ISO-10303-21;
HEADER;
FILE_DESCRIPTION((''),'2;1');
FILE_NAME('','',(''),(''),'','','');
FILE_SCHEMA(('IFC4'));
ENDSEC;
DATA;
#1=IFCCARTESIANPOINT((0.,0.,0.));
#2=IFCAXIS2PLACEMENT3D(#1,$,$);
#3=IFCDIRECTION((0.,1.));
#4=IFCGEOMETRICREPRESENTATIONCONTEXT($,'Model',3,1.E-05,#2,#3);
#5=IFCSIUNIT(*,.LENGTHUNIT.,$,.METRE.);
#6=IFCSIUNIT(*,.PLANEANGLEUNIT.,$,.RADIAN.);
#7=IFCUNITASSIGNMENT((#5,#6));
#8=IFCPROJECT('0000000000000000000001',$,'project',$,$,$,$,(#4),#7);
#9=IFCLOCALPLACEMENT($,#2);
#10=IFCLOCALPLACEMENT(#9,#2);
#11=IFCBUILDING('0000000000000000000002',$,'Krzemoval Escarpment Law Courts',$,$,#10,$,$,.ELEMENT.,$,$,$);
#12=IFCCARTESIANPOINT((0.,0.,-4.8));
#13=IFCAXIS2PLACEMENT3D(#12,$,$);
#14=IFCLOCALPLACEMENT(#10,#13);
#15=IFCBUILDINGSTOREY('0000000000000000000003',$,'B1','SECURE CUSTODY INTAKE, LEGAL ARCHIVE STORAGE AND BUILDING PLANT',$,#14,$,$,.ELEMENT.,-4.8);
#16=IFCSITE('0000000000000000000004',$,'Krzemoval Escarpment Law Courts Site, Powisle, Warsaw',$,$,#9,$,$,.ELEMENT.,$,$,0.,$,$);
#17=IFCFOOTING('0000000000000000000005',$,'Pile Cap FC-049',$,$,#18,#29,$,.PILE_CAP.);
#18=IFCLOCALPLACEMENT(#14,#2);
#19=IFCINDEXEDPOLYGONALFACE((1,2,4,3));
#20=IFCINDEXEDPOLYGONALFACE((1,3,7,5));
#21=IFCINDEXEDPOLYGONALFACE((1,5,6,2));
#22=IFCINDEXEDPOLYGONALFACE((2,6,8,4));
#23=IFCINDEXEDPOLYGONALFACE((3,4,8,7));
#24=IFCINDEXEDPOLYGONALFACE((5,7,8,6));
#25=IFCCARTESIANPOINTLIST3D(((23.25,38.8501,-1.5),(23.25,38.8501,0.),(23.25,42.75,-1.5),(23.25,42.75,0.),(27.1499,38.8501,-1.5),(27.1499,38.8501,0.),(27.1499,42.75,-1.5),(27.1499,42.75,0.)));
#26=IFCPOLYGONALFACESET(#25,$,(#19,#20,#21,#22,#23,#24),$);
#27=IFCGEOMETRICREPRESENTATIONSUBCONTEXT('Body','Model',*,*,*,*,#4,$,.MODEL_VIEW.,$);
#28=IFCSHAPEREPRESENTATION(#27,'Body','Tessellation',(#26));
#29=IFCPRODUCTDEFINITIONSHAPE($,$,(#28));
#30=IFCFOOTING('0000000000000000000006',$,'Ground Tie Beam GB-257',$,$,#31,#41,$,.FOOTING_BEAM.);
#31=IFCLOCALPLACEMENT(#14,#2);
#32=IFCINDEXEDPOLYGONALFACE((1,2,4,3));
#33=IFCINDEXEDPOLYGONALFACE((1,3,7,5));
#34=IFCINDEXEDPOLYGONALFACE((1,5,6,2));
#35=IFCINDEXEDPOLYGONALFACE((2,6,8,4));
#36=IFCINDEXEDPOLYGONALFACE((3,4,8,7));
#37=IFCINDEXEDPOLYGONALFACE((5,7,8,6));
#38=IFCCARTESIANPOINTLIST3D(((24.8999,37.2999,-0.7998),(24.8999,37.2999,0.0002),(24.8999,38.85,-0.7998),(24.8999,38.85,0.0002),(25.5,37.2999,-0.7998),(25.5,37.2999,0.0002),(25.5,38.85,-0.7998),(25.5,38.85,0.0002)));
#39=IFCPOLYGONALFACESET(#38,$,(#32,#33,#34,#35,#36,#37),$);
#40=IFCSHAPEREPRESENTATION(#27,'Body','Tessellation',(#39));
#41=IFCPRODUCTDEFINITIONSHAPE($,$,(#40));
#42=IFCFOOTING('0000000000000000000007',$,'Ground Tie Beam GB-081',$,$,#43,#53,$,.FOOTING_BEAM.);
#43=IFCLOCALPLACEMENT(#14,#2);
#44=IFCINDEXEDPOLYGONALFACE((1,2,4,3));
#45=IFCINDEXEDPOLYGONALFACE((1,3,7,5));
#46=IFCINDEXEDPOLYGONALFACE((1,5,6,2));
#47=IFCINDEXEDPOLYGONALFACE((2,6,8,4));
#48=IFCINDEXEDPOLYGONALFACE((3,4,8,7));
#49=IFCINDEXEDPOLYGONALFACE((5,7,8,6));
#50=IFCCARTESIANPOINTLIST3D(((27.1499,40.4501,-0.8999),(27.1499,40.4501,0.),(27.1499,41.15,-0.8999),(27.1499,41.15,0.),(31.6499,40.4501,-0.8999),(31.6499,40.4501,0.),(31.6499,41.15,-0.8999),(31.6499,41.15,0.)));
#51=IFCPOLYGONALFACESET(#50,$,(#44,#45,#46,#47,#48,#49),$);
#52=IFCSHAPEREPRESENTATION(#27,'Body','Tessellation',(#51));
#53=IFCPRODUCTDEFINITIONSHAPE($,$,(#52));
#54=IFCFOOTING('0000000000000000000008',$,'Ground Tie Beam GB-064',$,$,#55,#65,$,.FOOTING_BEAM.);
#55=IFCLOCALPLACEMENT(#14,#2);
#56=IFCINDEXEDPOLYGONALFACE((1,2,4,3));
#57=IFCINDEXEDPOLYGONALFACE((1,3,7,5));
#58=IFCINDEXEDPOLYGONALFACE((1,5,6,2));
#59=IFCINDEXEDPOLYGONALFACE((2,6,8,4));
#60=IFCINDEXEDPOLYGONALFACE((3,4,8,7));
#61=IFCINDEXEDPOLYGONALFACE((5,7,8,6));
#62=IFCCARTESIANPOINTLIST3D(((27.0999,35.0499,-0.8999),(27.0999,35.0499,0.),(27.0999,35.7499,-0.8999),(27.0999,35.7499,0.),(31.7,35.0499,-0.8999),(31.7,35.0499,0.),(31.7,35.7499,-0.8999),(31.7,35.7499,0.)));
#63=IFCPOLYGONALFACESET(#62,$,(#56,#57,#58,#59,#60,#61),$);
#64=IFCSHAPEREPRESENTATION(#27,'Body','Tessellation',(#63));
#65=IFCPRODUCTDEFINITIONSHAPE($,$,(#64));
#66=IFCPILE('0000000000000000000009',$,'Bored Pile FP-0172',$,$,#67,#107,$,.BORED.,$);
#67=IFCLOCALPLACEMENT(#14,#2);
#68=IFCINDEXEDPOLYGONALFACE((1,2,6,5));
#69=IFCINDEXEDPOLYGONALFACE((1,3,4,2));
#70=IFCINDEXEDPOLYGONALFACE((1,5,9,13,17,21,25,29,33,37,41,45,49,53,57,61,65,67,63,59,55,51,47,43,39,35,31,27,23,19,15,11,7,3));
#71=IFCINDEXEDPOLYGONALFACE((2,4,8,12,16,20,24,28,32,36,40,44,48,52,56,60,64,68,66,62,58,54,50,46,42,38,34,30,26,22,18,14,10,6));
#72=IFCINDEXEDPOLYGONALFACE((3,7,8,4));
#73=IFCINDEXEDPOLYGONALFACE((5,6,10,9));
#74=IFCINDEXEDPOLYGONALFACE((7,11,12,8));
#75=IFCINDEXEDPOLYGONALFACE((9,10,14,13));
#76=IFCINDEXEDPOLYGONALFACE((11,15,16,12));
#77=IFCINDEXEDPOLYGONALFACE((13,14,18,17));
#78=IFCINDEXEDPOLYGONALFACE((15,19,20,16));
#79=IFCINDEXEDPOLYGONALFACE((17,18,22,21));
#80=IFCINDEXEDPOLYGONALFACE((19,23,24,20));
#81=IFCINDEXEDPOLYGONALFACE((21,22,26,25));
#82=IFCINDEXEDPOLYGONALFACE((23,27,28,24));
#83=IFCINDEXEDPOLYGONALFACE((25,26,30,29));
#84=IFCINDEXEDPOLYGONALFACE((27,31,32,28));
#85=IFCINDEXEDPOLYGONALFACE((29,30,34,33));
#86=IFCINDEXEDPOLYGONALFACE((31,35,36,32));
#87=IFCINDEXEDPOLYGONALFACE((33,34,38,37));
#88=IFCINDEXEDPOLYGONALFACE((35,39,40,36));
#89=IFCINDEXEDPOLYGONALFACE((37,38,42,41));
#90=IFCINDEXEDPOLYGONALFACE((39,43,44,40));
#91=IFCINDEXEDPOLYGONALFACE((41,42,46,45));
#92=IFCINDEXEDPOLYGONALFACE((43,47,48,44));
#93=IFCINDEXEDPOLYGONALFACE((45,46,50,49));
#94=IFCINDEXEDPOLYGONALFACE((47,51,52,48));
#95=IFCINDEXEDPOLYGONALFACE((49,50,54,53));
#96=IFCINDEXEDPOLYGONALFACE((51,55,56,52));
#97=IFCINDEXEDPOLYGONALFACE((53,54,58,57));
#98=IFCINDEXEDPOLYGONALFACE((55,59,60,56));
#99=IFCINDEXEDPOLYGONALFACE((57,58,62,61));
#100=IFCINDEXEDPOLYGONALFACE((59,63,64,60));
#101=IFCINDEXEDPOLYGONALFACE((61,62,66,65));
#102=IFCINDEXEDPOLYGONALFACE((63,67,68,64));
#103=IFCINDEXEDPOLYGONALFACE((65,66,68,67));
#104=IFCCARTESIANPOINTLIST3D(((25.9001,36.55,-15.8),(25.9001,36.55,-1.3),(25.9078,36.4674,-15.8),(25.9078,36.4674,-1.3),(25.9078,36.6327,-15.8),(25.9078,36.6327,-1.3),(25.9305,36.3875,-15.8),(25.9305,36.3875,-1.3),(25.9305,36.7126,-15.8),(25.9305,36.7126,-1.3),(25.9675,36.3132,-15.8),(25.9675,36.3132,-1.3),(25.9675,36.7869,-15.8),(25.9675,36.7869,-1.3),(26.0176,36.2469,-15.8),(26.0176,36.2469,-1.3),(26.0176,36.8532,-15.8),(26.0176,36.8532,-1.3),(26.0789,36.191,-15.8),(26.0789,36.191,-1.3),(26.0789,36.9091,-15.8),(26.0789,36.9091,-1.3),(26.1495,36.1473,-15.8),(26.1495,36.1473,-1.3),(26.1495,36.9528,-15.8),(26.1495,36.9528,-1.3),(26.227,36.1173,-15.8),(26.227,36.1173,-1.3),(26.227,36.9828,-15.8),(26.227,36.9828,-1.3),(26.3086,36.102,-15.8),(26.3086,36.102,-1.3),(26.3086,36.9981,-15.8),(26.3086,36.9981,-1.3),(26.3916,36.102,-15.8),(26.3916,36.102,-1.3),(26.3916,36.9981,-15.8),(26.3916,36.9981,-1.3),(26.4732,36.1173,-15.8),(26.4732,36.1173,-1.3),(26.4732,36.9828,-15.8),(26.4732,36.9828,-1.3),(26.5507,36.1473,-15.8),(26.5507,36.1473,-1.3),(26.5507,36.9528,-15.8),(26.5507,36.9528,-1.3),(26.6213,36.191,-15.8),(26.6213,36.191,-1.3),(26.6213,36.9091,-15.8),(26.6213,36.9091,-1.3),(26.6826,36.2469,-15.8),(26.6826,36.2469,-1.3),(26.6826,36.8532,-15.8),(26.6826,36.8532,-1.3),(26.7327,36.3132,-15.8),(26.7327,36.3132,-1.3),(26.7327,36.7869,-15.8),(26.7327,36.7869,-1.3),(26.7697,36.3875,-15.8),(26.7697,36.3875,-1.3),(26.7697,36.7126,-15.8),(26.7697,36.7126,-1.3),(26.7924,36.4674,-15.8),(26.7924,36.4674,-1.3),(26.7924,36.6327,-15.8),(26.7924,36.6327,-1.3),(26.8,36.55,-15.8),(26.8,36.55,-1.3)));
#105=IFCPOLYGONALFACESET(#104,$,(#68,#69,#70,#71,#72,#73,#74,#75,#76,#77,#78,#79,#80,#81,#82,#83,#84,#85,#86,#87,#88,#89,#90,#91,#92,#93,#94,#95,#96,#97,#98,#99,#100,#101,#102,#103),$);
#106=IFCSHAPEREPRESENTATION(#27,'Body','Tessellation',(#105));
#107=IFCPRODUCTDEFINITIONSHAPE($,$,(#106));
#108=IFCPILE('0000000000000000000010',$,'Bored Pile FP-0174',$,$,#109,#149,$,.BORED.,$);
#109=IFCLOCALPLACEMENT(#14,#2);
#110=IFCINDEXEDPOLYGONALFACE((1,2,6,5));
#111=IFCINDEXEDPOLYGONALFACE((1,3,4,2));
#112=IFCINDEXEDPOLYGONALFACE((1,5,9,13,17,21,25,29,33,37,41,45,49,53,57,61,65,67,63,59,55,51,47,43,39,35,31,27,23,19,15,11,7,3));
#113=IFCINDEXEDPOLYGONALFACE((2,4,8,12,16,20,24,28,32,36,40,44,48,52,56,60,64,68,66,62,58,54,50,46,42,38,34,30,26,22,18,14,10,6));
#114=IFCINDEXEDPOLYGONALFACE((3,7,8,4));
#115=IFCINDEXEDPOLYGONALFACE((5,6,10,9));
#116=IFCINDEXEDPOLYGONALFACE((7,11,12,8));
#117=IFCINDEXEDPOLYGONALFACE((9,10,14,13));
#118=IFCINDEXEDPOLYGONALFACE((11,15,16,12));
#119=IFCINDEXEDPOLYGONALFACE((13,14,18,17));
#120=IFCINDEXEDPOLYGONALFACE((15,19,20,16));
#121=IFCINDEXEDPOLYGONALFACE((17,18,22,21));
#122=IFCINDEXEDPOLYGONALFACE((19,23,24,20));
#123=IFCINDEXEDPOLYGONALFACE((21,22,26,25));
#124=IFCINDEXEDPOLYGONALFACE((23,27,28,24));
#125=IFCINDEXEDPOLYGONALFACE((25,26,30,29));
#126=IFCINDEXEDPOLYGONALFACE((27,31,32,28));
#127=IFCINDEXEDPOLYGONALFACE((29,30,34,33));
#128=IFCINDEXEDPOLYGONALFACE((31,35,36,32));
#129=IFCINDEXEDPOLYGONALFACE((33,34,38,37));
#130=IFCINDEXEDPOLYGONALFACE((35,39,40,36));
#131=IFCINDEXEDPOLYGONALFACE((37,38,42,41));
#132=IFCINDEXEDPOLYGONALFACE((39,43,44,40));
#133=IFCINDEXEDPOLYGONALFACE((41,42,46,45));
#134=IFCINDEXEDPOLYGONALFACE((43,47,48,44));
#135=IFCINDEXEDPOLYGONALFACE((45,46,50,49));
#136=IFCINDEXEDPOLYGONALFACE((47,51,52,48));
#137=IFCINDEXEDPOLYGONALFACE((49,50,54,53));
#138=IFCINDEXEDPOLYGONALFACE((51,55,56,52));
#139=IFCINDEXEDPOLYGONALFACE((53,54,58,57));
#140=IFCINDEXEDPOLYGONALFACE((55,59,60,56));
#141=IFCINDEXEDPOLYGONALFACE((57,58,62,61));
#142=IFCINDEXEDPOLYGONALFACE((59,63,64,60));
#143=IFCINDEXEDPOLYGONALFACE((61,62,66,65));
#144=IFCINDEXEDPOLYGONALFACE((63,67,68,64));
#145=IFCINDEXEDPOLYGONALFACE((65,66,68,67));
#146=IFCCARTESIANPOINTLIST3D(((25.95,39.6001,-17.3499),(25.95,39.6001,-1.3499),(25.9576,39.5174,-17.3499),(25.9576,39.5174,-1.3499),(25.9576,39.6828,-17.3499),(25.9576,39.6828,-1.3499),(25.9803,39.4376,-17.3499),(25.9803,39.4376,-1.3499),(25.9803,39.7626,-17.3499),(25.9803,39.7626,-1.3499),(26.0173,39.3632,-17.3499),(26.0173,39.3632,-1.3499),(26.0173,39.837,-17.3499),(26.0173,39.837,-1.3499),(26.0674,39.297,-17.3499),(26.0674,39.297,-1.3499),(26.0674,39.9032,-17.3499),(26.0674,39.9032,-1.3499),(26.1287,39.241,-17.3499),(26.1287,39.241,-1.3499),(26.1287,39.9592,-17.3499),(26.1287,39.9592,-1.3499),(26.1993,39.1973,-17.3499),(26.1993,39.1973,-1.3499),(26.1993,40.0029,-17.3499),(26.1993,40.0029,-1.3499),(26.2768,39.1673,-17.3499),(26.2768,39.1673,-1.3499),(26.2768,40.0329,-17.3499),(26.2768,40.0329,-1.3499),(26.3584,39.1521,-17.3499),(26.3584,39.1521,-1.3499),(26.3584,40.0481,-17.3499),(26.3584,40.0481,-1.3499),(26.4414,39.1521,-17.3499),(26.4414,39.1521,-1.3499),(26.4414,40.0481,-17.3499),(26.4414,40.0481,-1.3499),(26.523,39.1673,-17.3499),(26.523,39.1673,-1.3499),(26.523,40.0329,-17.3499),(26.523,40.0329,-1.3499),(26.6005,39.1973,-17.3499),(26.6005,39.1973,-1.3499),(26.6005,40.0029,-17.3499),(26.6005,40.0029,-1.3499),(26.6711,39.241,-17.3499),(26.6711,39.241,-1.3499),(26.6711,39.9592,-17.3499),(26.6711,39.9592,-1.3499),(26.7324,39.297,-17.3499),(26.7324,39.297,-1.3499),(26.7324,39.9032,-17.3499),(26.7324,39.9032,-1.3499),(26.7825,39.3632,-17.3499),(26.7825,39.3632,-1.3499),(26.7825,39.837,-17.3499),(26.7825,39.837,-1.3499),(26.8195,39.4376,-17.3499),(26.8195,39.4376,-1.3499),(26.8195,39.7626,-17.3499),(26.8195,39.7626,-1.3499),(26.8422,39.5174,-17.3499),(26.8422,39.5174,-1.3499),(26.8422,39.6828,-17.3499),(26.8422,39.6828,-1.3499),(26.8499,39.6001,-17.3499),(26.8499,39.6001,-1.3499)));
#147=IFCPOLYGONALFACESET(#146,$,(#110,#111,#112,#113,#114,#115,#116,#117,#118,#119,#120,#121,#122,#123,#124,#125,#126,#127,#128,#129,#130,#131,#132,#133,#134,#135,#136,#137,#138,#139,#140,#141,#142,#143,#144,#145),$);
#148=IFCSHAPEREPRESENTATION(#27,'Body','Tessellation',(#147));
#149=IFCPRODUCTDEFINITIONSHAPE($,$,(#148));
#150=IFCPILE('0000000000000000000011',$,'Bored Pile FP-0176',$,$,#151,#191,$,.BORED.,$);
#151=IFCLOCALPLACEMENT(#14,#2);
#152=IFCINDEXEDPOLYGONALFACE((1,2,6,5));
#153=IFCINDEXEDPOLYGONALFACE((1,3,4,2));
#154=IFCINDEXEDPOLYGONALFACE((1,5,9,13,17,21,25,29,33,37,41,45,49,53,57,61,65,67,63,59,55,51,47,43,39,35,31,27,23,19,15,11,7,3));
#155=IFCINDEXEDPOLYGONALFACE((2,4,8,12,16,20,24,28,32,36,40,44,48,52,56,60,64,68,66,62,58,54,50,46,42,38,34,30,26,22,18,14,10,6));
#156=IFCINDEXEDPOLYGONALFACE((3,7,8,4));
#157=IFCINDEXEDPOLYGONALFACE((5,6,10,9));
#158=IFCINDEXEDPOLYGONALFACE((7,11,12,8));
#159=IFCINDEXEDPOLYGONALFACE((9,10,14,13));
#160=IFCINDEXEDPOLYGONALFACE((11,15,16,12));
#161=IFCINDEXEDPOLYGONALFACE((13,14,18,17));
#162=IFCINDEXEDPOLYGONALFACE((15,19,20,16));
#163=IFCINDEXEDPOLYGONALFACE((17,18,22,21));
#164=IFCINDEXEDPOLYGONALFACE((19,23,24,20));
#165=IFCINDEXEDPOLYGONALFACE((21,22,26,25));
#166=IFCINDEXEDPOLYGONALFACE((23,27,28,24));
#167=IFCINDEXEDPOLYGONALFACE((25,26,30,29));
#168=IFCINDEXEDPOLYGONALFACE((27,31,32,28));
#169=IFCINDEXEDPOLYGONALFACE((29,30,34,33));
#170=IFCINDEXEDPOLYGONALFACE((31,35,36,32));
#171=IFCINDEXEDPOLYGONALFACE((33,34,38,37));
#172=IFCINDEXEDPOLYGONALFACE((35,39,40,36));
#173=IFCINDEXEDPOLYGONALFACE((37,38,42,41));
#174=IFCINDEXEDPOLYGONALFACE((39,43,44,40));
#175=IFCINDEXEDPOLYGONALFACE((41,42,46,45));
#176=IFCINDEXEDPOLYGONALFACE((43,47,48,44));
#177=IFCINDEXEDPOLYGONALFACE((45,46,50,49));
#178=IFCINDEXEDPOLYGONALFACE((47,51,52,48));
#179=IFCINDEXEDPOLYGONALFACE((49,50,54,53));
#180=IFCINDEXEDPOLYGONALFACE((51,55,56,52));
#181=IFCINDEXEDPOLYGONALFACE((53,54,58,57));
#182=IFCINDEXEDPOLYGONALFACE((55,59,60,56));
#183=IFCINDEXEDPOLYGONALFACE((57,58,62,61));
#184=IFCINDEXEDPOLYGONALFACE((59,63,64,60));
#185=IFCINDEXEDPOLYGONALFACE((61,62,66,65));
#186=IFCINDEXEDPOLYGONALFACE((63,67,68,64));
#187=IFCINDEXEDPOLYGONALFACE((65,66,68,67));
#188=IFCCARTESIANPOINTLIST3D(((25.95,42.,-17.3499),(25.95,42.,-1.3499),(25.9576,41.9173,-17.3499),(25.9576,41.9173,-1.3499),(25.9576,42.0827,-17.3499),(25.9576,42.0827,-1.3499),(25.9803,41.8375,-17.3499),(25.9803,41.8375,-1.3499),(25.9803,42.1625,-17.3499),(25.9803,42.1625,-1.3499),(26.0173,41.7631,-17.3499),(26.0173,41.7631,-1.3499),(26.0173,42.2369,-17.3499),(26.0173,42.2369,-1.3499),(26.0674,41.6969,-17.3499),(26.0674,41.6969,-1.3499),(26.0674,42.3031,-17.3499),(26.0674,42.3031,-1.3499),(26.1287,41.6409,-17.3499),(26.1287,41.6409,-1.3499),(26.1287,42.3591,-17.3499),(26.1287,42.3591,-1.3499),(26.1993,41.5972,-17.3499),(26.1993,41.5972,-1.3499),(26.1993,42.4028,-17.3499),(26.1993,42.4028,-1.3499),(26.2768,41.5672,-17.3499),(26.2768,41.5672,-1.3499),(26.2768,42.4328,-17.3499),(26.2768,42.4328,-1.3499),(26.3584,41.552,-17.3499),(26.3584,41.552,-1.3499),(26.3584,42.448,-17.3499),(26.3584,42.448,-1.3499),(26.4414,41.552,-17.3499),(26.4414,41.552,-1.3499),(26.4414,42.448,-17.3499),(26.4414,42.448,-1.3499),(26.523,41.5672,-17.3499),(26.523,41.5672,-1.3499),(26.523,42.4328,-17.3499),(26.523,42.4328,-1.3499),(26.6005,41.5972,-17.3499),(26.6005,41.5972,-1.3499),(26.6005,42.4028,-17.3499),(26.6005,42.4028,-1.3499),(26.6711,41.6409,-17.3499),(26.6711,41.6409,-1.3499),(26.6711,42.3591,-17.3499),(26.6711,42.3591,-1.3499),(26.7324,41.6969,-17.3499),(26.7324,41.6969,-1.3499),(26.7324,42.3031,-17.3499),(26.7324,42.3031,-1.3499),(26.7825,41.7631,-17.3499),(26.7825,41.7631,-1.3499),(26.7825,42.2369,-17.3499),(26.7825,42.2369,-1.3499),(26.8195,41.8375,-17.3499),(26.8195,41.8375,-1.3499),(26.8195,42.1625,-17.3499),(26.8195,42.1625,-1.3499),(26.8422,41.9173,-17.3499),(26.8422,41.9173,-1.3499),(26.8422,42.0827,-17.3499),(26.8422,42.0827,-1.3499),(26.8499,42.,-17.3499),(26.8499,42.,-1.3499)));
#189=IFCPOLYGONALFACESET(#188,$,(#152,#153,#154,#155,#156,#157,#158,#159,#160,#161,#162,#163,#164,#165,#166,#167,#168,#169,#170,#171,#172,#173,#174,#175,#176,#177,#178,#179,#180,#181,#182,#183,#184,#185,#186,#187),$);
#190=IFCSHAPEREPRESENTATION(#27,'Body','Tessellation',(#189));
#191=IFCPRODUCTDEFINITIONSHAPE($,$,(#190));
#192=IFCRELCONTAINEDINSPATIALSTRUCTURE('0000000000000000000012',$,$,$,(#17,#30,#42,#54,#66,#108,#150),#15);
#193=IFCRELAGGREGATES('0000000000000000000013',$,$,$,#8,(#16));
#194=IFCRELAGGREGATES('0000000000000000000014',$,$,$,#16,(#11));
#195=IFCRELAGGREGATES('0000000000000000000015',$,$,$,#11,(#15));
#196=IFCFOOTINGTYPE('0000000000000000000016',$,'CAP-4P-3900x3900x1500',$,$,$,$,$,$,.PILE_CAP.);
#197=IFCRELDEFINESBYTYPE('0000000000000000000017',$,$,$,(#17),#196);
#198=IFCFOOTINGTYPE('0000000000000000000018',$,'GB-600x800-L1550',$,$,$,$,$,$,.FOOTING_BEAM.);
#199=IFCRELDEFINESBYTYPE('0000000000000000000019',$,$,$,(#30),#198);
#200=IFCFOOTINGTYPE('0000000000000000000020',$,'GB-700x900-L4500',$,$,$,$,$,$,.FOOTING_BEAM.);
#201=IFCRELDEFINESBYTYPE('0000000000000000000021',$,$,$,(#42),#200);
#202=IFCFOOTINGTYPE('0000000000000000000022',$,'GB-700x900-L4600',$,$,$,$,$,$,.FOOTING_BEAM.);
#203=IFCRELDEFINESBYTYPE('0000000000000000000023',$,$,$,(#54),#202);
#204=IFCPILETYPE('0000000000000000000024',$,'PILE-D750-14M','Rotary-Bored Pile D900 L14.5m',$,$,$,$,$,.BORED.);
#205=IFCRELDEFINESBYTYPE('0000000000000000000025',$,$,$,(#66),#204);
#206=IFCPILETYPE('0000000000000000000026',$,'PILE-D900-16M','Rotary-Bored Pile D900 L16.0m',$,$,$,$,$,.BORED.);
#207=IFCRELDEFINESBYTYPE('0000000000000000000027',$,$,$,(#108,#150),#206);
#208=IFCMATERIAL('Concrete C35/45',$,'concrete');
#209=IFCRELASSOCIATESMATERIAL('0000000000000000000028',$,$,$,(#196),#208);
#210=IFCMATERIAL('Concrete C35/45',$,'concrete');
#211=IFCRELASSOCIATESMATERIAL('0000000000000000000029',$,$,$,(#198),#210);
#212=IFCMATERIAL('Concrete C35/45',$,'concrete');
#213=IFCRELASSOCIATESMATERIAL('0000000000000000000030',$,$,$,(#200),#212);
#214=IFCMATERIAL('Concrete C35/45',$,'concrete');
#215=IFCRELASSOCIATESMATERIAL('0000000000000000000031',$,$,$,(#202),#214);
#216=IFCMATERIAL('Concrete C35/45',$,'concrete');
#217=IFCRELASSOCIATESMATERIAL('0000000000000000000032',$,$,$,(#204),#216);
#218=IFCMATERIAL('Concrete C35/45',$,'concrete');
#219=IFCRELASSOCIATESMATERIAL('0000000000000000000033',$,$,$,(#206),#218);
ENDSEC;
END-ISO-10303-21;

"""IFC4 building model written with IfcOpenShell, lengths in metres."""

from ifc_helpers import new_model, si_unit, direction, frame, origin, origin_2d, place, context, subcontext, project, spatial, rectangle, circle, extrude, material, material_profile, profile_set, type_object, element, save


model = new_model("IFC4")

# Units and contexts
model_context = context("Model", 3, precision=1e-05, world=origin(), true_north=direction((0.0, 1.0)))
body_context = subcontext(model_context, "Body", "Model", "MODEL_VIEW")
ifc_project = project(units=[si_unit("LENGTHUNIT", "METRE"), si_unit("PLANEANGLEUNIT", "RADIAN")], contexts=[model_context])

# Site, building, storey
site_placement = place(None, origin())
site = spatial("IfcSite", under=ifc_project, at=site_placement, Name="Krzemoval Escarpment Law Courts Site, Powisle, Warsaw", CompositionType="ELEMENT", RefElevation=0.0)
building_placement = place(site_placement, origin())
building = spatial("IfcBuilding", under=site, at=building_placement, Name="Krzemoval Escarpment Law Courts", CompositionType="ELEMENT")
storey_placement = place(building_placement, frame((0.0, 0.0, -4.8)))
storey = spatial("IfcBuildingStorey", under=building, at=storey_placement, Name="B1", Description="SECURE CUSTODY INTAKE, LEGAL ARCHIVE STORAGE AND BUILDING PLANT", CompositionType="ELEMENT", Elevation=-4.8)

# Footings
ifc_material_1 = material(Name="Concrete C35/45", Category="concrete")
footing_type_1 = type_object("IfcFootingType", Name="CAP-4P-3900x3900x1500", PredefinedType="PILE_CAP", material=ifc_material_1)
footing_1_placement = place(storey_placement, frame((25.2, 40.8, -1.5), z_axis=(0.0, 0.0, 1.0), x_axis=(1.0, 0.0, 0.0)))
element("IfcFooting", 1, at=footing_1_placement, inside=storey, type_object=footing_type_1, Name="Pile Cap FC-049", PredefinedType="PILE_CAP", context=body_context, shape_type="SweptSolid", body=[
    extrude(rectangle(XDim=3.8999, YDim=3.8999, at=origin_2d()), origin(), (0.0, 0.0, 1.0), 1.5),
])
ifc_material_2 = material(Name="Concrete C35/45", Category="concrete")
footing_type_2 = type_object("IfcFootingType", Name="GB-600x800-L1550", PredefinedType="FOOTING_BEAM", material=ifc_material_2)
footing_2_placement = place(storey_placement, frame((25.2, 38.075, -0.7998), z_axis=(0.0, 0.0, 1.0), x_axis=(0.0, 1.0, 0.0)))
element("IfcFooting", 2, at=footing_2_placement, inside=storey, type_object=footing_type_2, Name="Ground Tie Beam GB-257", PredefinedType="FOOTING_BEAM", context=body_context, shape_type="SweptSolid", body=[
    extrude(rectangle(XDim=1.55, YDim=0.6001, at=origin_2d()), origin(), (0.0, 0.0, 1.0), 0.8),
])
ifc_material_3 = material(Name="Concrete C35/45", Category="concrete")
footing_type_3 = type_object("IfcFootingType", Name="GB-700x900-L4500", PredefinedType="FOOTING_BEAM", material=ifc_material_3)
footing_3_placement = place(storey_placement, frame((29.3999, 40.8, -0.8999), z_axis=(0.0, 0.0, 1.0), x_axis=(1.0, 0.0, 0.0)))
element("IfcFooting", 3, at=footing_3_placement, inside=storey, type_object=footing_type_3, Name="Ground Tie Beam GB-081", PredefinedType="FOOTING_BEAM", context=body_context, shape_type="SweptSolid", body=[
    extrude(rectangle(XDim=4.5, YDim=0.7, at=origin_2d()), origin(), (0.0, 0.0, 1.0), 0.8999),
])
ifc_material_4 = material(Name="Concrete C35/45", Category="concrete")
footing_type_4 = type_object("IfcFootingType", Name="GB-700x900-L4600", PredefinedType="FOOTING_BEAM", material=ifc_material_4)
footing_4_placement = place(storey_placement, frame((29.3999, 35.3999, -0.8999), z_axis=(0.0, 0.0, 1.0), x_axis=(1.0, 0.0, 0.0)))
element("IfcFooting", 4, at=footing_4_placement, inside=storey, type_object=footing_type_4, Name="Ground Tie Beam GB-064", PredefinedType="FOOTING_BEAM", context=body_context, shape_type="SweptSolid", body=[
    extrude(rectangle(XDim=4.6001, YDim=0.7, at=origin_2d()), origin(), (0.0, 0.0, 1.0), 0.8999),
])

# Piles
ifc_material_5 = material(Name="Concrete C35/45", Category="concrete")
ifc_material_profile_1 = material_profile(ifc_material_5, circle(Radius=0.45, at=origin_2d()), Name="PILE D900")
ifc_profile_set_1 = profile_set([ifc_material_profile_1], Name="Concrete C35/45")
pile_type_1 = type_object("IfcPileType", Name="PILE-D750-14M", Description="Rotary-Bored Pile D900 L14.5m", PredefinedType="BORED", material=ifc_profile_set_1)
pile_placement = place(storey_placement, frame((26.3501, 36.55, -1.3), z_axis=(0.0, 0.0, -1.0), x_axis=(1.0, 0.0, 0.0)))
element("IfcPile", 5, at=pile_placement, inside=storey, type_object=pile_type_1, Name="Bored Pile FP-0172", PredefinedType="BORED", context=body_context, shape_type="SweptSolid", body=[
    extrude(circle(Radius=0.45, at=origin_2d()), origin(), (0.0, 0.0, 1.0), 14.5),
])
ifc_material_6 = material(Name="Concrete C35/45", Category="concrete")
ifc_material_profile_2 = material_profile(ifc_material_6, circle(Radius=0.45, at=origin_2d()), Name="PILE D900")
ifc_profile_set_2 = profile_set([ifc_material_profile_2], Name="Concrete C35/45")
pile_type_2 = type_object("IfcPileType", Name="PILE-D900-16M", Description="Rotary-Bored Pile D900 L16.0m", PredefinedType="BORED", material=ifc_profile_set_2)
for number, where, z_axis, x_axis, name in (
    (6, (26.3999, 39.6001, -1.3499), (0.0, 0.0, -1.0), (1.0, 0.0, 0.0), "Bored Pile FP-0174"),
    (7, (26.3999, 42.0, -1.3499), (0.0, 0.0, -1.0), (1.0, 0.0, 0.0), "Bored Pile FP-0176"),
):
    element("IfcPile", number, at=place(storey_placement, frame(where, z_axis=z_axis, x_axis=x_axis)), inside=storey, type_object=pile_type_2, Name=name, PredefinedType="BORED", context=body_context, shape_type="SweptSolid", body=[
        extrude(circle(Radius=0.45, at=origin_2d()), origin(), (0.0, 0.0, 1.0), 16.0),
    ])

save(model, "model.ifc")
